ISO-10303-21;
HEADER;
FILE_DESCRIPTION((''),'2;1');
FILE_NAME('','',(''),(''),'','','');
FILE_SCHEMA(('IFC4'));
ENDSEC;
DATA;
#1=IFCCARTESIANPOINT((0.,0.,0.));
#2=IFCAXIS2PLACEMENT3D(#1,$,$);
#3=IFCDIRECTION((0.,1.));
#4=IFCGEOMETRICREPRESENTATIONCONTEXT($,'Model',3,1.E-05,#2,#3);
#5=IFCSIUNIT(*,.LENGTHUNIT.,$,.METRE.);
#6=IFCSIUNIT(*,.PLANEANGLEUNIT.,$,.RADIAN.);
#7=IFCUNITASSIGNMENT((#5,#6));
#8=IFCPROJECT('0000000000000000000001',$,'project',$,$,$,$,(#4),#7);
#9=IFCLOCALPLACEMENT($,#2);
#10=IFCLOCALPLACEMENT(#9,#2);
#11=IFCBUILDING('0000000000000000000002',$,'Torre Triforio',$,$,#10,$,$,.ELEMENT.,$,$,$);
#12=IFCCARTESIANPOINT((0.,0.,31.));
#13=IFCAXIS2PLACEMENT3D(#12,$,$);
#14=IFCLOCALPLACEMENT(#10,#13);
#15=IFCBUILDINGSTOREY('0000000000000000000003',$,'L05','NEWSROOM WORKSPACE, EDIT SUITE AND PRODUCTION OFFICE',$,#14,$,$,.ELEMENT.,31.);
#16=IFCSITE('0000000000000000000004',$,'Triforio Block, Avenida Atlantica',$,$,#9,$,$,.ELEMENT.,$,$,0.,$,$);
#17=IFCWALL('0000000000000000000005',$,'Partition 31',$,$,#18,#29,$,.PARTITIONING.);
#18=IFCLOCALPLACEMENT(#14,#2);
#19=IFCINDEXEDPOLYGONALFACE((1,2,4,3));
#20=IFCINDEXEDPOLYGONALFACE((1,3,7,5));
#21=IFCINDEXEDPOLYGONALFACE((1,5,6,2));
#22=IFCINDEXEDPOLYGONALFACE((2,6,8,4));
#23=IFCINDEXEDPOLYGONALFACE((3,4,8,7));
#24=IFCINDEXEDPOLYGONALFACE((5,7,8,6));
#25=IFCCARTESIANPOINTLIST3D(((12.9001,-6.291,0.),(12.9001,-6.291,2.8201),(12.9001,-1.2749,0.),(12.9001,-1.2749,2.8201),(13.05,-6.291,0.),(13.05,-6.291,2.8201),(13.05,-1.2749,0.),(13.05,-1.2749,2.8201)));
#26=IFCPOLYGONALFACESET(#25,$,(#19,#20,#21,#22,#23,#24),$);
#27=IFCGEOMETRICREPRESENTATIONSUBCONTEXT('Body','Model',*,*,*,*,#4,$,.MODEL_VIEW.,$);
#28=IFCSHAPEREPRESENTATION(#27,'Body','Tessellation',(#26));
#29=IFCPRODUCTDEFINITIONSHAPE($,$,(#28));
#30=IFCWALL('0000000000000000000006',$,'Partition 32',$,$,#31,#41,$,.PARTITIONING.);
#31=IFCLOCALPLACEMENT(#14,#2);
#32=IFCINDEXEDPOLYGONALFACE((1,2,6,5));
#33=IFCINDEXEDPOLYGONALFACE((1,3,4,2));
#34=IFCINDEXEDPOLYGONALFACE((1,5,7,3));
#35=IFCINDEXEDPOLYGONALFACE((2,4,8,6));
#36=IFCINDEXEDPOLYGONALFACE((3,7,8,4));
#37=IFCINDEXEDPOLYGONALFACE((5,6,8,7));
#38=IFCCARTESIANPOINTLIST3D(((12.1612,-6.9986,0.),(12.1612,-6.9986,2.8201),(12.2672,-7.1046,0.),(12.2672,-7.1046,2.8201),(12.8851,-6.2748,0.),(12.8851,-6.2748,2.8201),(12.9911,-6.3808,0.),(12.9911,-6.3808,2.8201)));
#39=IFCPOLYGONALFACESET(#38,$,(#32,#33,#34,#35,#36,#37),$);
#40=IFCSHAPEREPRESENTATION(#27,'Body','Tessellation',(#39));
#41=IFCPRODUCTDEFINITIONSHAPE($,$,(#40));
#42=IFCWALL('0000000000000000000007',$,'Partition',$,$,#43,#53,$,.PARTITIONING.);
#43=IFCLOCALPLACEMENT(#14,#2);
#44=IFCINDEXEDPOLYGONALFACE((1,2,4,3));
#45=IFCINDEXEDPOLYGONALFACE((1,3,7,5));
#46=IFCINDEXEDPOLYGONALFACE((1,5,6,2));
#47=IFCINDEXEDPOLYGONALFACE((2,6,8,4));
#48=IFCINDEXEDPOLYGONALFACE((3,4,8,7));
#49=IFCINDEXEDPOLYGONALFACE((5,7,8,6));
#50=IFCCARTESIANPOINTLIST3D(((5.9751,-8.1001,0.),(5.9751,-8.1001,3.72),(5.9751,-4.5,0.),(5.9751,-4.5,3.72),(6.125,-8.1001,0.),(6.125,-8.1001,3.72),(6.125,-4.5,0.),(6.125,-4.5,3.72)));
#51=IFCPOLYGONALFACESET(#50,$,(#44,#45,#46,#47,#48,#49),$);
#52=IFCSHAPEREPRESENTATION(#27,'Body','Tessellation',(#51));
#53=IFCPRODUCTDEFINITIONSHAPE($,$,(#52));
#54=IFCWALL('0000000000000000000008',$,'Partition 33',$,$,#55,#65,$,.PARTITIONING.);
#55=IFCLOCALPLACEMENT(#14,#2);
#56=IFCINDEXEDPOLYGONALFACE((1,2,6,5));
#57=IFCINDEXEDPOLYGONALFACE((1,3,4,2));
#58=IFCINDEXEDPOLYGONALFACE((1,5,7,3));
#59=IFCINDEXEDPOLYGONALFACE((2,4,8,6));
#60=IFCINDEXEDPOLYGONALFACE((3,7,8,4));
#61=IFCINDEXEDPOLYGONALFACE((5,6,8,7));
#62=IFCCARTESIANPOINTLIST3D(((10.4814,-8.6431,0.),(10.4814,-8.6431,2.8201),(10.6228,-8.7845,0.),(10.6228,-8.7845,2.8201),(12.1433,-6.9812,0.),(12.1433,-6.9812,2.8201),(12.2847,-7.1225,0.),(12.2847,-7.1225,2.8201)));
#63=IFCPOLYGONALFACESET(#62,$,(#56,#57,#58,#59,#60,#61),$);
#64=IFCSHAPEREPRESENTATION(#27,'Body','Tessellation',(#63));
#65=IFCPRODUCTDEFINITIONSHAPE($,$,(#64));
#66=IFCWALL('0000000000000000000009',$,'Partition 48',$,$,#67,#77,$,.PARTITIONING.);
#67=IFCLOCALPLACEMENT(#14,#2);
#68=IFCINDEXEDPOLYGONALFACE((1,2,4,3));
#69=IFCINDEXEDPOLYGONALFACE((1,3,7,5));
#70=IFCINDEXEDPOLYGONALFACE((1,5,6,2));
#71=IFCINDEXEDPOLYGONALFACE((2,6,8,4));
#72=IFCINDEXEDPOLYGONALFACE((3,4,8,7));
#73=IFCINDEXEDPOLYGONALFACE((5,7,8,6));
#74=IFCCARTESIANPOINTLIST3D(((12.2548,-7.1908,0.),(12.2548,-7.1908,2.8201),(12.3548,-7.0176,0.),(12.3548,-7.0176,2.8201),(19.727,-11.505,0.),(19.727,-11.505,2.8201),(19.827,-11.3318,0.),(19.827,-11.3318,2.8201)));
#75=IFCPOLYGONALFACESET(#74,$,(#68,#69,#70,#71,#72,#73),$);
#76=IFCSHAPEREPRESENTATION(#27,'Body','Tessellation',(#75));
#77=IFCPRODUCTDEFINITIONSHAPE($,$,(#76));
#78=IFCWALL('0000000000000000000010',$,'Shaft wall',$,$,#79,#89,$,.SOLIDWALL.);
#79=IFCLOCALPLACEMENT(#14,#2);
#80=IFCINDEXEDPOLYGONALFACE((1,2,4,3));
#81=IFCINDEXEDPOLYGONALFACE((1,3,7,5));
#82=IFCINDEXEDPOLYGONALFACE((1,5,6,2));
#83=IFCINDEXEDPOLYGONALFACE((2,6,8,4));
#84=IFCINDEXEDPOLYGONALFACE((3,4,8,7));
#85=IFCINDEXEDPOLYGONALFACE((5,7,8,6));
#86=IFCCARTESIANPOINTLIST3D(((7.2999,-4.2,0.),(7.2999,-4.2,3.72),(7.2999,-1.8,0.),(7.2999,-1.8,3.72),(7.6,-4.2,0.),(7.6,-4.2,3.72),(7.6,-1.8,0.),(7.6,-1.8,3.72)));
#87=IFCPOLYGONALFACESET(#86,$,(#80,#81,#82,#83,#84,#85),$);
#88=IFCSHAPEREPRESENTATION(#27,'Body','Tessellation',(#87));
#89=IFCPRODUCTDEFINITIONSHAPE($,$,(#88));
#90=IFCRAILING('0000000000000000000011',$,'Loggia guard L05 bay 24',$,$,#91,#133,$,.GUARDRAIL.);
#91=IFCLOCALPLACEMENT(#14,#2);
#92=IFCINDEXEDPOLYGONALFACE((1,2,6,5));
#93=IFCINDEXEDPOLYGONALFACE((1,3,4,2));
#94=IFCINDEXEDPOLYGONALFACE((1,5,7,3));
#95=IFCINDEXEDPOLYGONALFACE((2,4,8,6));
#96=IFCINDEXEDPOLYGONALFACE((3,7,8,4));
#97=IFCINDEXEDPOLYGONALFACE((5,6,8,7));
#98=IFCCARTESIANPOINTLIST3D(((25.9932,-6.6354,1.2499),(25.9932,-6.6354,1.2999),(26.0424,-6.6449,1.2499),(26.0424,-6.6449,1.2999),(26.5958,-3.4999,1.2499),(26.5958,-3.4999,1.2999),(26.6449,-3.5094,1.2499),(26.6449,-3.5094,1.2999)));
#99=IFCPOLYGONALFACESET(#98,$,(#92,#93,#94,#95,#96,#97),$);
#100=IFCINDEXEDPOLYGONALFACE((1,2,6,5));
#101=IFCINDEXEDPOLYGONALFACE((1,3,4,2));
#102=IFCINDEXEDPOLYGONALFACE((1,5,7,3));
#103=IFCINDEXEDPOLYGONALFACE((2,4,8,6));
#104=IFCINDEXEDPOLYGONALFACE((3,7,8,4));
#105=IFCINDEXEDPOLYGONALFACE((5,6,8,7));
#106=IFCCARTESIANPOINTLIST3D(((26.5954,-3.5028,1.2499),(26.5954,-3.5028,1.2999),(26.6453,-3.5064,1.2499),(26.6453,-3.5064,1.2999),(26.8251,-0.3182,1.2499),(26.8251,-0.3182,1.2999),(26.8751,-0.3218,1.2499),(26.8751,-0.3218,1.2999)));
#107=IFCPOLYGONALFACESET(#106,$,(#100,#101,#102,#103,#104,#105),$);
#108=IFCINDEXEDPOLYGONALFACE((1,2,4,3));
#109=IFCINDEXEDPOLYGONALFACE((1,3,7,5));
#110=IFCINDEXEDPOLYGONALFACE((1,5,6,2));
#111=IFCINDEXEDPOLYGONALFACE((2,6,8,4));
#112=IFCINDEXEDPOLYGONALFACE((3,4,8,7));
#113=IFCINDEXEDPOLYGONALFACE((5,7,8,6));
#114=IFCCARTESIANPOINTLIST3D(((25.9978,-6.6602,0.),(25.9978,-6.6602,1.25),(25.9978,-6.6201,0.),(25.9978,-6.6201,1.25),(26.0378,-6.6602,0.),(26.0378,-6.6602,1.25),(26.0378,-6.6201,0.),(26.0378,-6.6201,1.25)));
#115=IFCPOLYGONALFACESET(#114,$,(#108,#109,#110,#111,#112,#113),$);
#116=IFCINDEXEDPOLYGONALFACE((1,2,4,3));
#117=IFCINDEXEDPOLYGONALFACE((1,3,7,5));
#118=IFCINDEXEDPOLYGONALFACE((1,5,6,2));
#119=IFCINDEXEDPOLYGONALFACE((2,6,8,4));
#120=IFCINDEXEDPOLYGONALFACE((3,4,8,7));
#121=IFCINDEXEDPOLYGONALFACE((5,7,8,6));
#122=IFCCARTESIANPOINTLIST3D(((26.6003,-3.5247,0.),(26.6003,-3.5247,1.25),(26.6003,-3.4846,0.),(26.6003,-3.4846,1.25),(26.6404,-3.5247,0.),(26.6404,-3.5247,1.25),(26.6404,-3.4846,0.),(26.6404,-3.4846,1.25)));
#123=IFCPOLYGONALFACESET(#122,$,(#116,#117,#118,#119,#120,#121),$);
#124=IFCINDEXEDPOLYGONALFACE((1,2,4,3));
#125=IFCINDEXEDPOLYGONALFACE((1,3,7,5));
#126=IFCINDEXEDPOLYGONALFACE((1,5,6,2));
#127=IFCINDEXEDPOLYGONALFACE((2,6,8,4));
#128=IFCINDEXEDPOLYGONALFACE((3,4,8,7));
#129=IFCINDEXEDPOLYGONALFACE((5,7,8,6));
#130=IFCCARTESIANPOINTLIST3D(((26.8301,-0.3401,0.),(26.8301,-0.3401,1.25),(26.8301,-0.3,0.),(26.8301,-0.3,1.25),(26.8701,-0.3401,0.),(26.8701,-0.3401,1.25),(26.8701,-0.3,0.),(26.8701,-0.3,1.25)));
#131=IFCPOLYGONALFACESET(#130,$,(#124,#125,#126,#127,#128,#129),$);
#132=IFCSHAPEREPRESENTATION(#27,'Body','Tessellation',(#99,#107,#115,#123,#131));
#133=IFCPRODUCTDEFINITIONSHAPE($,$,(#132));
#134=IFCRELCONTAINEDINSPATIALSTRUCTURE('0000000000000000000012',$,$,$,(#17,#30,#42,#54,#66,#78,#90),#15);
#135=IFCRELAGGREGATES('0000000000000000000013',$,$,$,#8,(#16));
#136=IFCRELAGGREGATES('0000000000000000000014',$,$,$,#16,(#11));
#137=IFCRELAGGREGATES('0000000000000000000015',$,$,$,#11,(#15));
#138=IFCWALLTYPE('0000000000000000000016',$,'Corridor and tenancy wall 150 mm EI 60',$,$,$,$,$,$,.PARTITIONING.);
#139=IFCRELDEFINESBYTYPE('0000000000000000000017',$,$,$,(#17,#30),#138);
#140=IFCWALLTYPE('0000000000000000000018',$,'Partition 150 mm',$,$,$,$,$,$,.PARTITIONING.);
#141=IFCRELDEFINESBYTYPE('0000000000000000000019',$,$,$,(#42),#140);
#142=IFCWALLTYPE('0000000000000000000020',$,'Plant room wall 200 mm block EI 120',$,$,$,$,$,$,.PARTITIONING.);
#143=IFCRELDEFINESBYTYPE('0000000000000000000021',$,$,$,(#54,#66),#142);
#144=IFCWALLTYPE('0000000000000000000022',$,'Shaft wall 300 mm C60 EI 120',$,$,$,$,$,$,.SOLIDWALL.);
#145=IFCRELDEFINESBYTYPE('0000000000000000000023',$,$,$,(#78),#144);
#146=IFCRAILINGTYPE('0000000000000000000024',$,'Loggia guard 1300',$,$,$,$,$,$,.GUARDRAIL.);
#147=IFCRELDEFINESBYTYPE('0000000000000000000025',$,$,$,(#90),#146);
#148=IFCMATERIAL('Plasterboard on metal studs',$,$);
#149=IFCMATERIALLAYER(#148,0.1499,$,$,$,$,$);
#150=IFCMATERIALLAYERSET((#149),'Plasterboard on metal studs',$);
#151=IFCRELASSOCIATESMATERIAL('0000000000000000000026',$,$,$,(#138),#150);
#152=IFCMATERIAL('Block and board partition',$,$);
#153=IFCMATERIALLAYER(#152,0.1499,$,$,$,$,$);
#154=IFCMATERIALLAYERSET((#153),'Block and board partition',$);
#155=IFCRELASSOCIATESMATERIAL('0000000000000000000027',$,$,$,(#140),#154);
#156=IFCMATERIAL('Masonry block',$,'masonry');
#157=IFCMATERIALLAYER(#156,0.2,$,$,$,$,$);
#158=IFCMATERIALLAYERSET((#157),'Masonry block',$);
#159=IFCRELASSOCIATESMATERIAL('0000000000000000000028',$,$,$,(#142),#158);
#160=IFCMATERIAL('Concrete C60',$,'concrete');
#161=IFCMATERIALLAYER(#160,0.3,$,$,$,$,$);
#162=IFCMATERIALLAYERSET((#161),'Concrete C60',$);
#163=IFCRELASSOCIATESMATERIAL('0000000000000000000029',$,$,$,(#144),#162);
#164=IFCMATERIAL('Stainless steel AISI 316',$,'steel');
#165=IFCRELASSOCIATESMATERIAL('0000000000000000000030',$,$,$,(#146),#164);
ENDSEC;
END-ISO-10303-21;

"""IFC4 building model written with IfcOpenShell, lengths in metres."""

from ifc_helpers import new_model, si_unit, direction, frame, frame_2d, origin, origin_2d, place, context, subcontext, project, spatial, rectangle, extrude, material, layer, layer_set, type_object, element, save


model = new_model("IFC4")

# Units and contexts
model_context = context("Model", 3, precision=1e-05, world=origin(), true_north=direction((0.0, 1.0)))
body_context = subcontext(model_context, "Body", "Model", "MODEL_VIEW")
ifc_project = project(units=[si_unit("LENGTHUNIT", "METRE"), si_unit("PLANEANGLEUNIT", "RADIAN")], contexts=[model_context])

# Site, building, storey
site_placement = place(None, origin())
site = spatial("IfcSite", under=ifc_project, at=site_placement, Name="Triforio Block, Avenida Atlantica", CompositionType="ELEMENT", RefElevation=0.0)
building_placement = place(site_placement, origin())
building = spatial("IfcBuilding", under=site, at=building_placement, Name="Torre Triforio", CompositionType="ELEMENT")
storey_placement = place(building_placement, frame((0.0, 0.0, 31.0)))
storey = spatial("IfcBuildingStorey", under=building, at=storey_placement, Name="L05", Description="NEWSROOM WORKSPACE, EDIT SUITE AND PRODUCTION OFFICE", CompositionType="ELEMENT", Elevation=31.0)

# Shared definitions
ifc_material_1 = material(Name="Concrete C60", Category="concrete")
ifc_material_2 = material(Name="Plasterboard on metal studs")
ifc_layer_1 = layer(ifc_material_2, 0.1499)
ifc_layer_set_1 = layer_set([ifc_layer_1], Name="Plasterboard on metal studs")
wall_type_1 = type_object("IfcWallType", Name="Corridor and tenancy wall 150 mm EI 60", PredefinedType="PARTITIONING", material=ifc_layer_set_1)

# Walls
wall_1_placement = place(storey_placement, frame((12.9751, -1.2749, 0.0), z_axis=(0.0, 0.0, 1.0), x_axis=(0.0, -1.0, 0.0)))
element("IfcWall", 1, at=wall_1_placement, inside=storey, type_object=wall_type_1, Name="Partition 31", PredefinedType="PARTITIONING", context=body_context, shape_type="SweptSolid", body=[
    extrude(rectangle(XDim=5.0161, YDim=0.1499, at=frame_2d((2.5081, 0.0))), origin(), (0.0, 0.0, 1.0), 2.8201),
])
wall_2_placement = place(storey_placement, frame((12.938, -6.3279, 0.0), z_axis=(0.0, 0.0, 1.0), x_axis=(-0.707107, -0.707107, 0.0)))
element("IfcWall", 2, at=wall_2_placement, inside=storey, type_object=wall_type_1, Name="Partition 32", PredefinedType="PARTITIONING", context=body_context, shape_type="SweptSolid", body=[
    extrude(rectangle(XDim=1.0237, YDim=0.1499, at=frame_2d((0.5117, 0.0))), origin(), (0.0, 0.0, 1.0), 2.8201),
])
ifc_material_3 = material(Name="Block and board partition")
ifc_layer_2 = layer(ifc_material_3, 0.1499)
ifc_layer_set_2 = layer_set([ifc_layer_2], Name="Block and board partition")
wall_type_2 = type_object("IfcWallType", Name="Partition 150 mm", PredefinedType="PARTITIONING", material=ifc_layer_set_2)
wall_3_placement = place(storey_placement, frame((6.05, -8.1001, 0.0), z_axis=(0.0, 0.0, 1.0), x_axis=(0.0, 1.0, 0.0)))
element("IfcWall", 3, at=wall_3_placement, inside=storey, type_object=wall_type_2, Name="Partition", PredefinedType="PARTITIONING", context=body_context, shape_type="SweptSolid", body=[
    extrude(rectangle(XDim=3.6001, YDim=0.1499, at=frame_2d((1.8, 0.0))), origin(), (0.0, 0.0, 1.0), 3.72),
])
ifc_material_4 = material(Name="Masonry block", Category="masonry")
ifc_layer_3 = layer(ifc_material_4, 0.2)
ifc_layer_set_3 = layer_set([ifc_layer_3], Name="Masonry block")
wall_type_3 = type_object("IfcWallType", Name="Plant room wall 200 mm block EI 120", PredefinedType="PARTITIONING", material=ifc_layer_set_3)
wall_4_placement = place(storey_placement, frame((12.2141, -7.0518, 0.0), z_axis=(0.0, 0.0, 1.0), x_axis=(-0.707107, -0.707107, 0.0)))
element("IfcWall", 4, at=wall_4_placement, inside=storey, type_object=wall_type_3, Name="Partition 33", PredefinedType="PARTITIONING", context=body_context, shape_type="SweptSolid", body=[
    extrude(rectangle(XDim=2.3503, YDim=0.2, at=frame_2d((1.1753, 0.0))), origin(), (0.0, 0.0, 1.0), 2.8201),
])
wall_5_placement = place(storey_placement, frame((12.3049, -7.1042, 0.0), z_axis=(0.0, 0.0, 1.0), x_axis=(0.866018, -0.500013, 0.0)))
element("IfcWall", 5, at=wall_5_placement, inside=storey, type_object=wall_type_3, Name="Partition 48", PredefinedType="PARTITIONING", context=body_context, shape_type="SweptSolid", body=[
    extrude(rectangle(XDim=8.6282, YDim=0.2, at=frame_2d((4.314, 0.0))), origin(), (0.0, 0.0, 1.0), 2.8201),
])
ifc_layer_4 = layer(ifc_material_1, 0.3)
ifc_layer_set_4 = layer_set([ifc_layer_4], Name="Concrete C60")
wall_type_4 = type_object("IfcWallType", Name="Shaft wall 300 mm C60 EI 120", PredefinedType="SOLIDWALL", material=ifc_layer_set_4)
wall_6_placement = place(storey_placement, frame((7.45, -4.2, 0.0), z_axis=(0.0, 0.0, 1.0), x_axis=(0.0, 1.0, 0.0)))
element("IfcWall", 6, at=wall_6_placement, inside=storey, type_object=wall_type_4, Name="Shaft wall", PredefinedType="SOLIDWALL", context=body_context, shape_type="SweptSolid", body=[
    extrude(rectangle(XDim=2.3999, YDim=0.3, at=frame_2d((1.2, 0.0))), origin(), (0.0, 0.0, 1.0), 3.72),
])

# Railing
ifc_material_5 = material(Name="Stainless steel AISI 316", Category="steel")
railing_type = type_object("IfcRailingType", Name="Loggia guard 1300", PredefinedType="GUARDRAIL", material=ifc_material_5)
railing_placement = place(storey_placement, frame((26.0178, -6.6401, 0.0)))
element("IfcRailing", 7, at=railing_placement, inside=storey, type_object=railing_type, Name="Loggia guard L05 bay 24", PredefinedType="GUARDRAIL", context=body_context, shape_type="SweptSolid", body=[
    extrude(rectangle(XDim=0.05, YDim=0.05, at=origin_2d()), frame((0.0, 0.0, 1.2749), z_axis=(0.188714, 0.982032, 0.0), x_axis=(-0.982032, 0.188714, 0.0)), (0.0, 0.0, 1.0), 3.1929),
    extrude(rectangle(XDim=0.05, YDim=0.05, at=origin_2d()), frame((0.6025, 3.1355, 1.2749), z_axis=(0.071953, 0.997408, 0.0), x_axis=(-0.997408, 0.071953, 0.0)), (0.0, 0.0, 1.0), 3.1929),
    extrude(rectangle(XDim=0.04, YDim=0.04, at=origin_2d()), origin(), (0.0, 0.0, 1.0), 1.25),
    extrude(rectangle(XDim=0.04, YDim=0.04, at=origin_2d()), frame((0.6025, 3.1355, 0.0)), (0.0, 0.0, 1.0), 1.25),
    extrude(rectangle(XDim=0.04, YDim=0.04, at=origin_2d()), frame((0.8323, 6.3201, 0.0)), (0.0, 0.0, 1.0), 1.25),
])

save(model, "model.ifc")
